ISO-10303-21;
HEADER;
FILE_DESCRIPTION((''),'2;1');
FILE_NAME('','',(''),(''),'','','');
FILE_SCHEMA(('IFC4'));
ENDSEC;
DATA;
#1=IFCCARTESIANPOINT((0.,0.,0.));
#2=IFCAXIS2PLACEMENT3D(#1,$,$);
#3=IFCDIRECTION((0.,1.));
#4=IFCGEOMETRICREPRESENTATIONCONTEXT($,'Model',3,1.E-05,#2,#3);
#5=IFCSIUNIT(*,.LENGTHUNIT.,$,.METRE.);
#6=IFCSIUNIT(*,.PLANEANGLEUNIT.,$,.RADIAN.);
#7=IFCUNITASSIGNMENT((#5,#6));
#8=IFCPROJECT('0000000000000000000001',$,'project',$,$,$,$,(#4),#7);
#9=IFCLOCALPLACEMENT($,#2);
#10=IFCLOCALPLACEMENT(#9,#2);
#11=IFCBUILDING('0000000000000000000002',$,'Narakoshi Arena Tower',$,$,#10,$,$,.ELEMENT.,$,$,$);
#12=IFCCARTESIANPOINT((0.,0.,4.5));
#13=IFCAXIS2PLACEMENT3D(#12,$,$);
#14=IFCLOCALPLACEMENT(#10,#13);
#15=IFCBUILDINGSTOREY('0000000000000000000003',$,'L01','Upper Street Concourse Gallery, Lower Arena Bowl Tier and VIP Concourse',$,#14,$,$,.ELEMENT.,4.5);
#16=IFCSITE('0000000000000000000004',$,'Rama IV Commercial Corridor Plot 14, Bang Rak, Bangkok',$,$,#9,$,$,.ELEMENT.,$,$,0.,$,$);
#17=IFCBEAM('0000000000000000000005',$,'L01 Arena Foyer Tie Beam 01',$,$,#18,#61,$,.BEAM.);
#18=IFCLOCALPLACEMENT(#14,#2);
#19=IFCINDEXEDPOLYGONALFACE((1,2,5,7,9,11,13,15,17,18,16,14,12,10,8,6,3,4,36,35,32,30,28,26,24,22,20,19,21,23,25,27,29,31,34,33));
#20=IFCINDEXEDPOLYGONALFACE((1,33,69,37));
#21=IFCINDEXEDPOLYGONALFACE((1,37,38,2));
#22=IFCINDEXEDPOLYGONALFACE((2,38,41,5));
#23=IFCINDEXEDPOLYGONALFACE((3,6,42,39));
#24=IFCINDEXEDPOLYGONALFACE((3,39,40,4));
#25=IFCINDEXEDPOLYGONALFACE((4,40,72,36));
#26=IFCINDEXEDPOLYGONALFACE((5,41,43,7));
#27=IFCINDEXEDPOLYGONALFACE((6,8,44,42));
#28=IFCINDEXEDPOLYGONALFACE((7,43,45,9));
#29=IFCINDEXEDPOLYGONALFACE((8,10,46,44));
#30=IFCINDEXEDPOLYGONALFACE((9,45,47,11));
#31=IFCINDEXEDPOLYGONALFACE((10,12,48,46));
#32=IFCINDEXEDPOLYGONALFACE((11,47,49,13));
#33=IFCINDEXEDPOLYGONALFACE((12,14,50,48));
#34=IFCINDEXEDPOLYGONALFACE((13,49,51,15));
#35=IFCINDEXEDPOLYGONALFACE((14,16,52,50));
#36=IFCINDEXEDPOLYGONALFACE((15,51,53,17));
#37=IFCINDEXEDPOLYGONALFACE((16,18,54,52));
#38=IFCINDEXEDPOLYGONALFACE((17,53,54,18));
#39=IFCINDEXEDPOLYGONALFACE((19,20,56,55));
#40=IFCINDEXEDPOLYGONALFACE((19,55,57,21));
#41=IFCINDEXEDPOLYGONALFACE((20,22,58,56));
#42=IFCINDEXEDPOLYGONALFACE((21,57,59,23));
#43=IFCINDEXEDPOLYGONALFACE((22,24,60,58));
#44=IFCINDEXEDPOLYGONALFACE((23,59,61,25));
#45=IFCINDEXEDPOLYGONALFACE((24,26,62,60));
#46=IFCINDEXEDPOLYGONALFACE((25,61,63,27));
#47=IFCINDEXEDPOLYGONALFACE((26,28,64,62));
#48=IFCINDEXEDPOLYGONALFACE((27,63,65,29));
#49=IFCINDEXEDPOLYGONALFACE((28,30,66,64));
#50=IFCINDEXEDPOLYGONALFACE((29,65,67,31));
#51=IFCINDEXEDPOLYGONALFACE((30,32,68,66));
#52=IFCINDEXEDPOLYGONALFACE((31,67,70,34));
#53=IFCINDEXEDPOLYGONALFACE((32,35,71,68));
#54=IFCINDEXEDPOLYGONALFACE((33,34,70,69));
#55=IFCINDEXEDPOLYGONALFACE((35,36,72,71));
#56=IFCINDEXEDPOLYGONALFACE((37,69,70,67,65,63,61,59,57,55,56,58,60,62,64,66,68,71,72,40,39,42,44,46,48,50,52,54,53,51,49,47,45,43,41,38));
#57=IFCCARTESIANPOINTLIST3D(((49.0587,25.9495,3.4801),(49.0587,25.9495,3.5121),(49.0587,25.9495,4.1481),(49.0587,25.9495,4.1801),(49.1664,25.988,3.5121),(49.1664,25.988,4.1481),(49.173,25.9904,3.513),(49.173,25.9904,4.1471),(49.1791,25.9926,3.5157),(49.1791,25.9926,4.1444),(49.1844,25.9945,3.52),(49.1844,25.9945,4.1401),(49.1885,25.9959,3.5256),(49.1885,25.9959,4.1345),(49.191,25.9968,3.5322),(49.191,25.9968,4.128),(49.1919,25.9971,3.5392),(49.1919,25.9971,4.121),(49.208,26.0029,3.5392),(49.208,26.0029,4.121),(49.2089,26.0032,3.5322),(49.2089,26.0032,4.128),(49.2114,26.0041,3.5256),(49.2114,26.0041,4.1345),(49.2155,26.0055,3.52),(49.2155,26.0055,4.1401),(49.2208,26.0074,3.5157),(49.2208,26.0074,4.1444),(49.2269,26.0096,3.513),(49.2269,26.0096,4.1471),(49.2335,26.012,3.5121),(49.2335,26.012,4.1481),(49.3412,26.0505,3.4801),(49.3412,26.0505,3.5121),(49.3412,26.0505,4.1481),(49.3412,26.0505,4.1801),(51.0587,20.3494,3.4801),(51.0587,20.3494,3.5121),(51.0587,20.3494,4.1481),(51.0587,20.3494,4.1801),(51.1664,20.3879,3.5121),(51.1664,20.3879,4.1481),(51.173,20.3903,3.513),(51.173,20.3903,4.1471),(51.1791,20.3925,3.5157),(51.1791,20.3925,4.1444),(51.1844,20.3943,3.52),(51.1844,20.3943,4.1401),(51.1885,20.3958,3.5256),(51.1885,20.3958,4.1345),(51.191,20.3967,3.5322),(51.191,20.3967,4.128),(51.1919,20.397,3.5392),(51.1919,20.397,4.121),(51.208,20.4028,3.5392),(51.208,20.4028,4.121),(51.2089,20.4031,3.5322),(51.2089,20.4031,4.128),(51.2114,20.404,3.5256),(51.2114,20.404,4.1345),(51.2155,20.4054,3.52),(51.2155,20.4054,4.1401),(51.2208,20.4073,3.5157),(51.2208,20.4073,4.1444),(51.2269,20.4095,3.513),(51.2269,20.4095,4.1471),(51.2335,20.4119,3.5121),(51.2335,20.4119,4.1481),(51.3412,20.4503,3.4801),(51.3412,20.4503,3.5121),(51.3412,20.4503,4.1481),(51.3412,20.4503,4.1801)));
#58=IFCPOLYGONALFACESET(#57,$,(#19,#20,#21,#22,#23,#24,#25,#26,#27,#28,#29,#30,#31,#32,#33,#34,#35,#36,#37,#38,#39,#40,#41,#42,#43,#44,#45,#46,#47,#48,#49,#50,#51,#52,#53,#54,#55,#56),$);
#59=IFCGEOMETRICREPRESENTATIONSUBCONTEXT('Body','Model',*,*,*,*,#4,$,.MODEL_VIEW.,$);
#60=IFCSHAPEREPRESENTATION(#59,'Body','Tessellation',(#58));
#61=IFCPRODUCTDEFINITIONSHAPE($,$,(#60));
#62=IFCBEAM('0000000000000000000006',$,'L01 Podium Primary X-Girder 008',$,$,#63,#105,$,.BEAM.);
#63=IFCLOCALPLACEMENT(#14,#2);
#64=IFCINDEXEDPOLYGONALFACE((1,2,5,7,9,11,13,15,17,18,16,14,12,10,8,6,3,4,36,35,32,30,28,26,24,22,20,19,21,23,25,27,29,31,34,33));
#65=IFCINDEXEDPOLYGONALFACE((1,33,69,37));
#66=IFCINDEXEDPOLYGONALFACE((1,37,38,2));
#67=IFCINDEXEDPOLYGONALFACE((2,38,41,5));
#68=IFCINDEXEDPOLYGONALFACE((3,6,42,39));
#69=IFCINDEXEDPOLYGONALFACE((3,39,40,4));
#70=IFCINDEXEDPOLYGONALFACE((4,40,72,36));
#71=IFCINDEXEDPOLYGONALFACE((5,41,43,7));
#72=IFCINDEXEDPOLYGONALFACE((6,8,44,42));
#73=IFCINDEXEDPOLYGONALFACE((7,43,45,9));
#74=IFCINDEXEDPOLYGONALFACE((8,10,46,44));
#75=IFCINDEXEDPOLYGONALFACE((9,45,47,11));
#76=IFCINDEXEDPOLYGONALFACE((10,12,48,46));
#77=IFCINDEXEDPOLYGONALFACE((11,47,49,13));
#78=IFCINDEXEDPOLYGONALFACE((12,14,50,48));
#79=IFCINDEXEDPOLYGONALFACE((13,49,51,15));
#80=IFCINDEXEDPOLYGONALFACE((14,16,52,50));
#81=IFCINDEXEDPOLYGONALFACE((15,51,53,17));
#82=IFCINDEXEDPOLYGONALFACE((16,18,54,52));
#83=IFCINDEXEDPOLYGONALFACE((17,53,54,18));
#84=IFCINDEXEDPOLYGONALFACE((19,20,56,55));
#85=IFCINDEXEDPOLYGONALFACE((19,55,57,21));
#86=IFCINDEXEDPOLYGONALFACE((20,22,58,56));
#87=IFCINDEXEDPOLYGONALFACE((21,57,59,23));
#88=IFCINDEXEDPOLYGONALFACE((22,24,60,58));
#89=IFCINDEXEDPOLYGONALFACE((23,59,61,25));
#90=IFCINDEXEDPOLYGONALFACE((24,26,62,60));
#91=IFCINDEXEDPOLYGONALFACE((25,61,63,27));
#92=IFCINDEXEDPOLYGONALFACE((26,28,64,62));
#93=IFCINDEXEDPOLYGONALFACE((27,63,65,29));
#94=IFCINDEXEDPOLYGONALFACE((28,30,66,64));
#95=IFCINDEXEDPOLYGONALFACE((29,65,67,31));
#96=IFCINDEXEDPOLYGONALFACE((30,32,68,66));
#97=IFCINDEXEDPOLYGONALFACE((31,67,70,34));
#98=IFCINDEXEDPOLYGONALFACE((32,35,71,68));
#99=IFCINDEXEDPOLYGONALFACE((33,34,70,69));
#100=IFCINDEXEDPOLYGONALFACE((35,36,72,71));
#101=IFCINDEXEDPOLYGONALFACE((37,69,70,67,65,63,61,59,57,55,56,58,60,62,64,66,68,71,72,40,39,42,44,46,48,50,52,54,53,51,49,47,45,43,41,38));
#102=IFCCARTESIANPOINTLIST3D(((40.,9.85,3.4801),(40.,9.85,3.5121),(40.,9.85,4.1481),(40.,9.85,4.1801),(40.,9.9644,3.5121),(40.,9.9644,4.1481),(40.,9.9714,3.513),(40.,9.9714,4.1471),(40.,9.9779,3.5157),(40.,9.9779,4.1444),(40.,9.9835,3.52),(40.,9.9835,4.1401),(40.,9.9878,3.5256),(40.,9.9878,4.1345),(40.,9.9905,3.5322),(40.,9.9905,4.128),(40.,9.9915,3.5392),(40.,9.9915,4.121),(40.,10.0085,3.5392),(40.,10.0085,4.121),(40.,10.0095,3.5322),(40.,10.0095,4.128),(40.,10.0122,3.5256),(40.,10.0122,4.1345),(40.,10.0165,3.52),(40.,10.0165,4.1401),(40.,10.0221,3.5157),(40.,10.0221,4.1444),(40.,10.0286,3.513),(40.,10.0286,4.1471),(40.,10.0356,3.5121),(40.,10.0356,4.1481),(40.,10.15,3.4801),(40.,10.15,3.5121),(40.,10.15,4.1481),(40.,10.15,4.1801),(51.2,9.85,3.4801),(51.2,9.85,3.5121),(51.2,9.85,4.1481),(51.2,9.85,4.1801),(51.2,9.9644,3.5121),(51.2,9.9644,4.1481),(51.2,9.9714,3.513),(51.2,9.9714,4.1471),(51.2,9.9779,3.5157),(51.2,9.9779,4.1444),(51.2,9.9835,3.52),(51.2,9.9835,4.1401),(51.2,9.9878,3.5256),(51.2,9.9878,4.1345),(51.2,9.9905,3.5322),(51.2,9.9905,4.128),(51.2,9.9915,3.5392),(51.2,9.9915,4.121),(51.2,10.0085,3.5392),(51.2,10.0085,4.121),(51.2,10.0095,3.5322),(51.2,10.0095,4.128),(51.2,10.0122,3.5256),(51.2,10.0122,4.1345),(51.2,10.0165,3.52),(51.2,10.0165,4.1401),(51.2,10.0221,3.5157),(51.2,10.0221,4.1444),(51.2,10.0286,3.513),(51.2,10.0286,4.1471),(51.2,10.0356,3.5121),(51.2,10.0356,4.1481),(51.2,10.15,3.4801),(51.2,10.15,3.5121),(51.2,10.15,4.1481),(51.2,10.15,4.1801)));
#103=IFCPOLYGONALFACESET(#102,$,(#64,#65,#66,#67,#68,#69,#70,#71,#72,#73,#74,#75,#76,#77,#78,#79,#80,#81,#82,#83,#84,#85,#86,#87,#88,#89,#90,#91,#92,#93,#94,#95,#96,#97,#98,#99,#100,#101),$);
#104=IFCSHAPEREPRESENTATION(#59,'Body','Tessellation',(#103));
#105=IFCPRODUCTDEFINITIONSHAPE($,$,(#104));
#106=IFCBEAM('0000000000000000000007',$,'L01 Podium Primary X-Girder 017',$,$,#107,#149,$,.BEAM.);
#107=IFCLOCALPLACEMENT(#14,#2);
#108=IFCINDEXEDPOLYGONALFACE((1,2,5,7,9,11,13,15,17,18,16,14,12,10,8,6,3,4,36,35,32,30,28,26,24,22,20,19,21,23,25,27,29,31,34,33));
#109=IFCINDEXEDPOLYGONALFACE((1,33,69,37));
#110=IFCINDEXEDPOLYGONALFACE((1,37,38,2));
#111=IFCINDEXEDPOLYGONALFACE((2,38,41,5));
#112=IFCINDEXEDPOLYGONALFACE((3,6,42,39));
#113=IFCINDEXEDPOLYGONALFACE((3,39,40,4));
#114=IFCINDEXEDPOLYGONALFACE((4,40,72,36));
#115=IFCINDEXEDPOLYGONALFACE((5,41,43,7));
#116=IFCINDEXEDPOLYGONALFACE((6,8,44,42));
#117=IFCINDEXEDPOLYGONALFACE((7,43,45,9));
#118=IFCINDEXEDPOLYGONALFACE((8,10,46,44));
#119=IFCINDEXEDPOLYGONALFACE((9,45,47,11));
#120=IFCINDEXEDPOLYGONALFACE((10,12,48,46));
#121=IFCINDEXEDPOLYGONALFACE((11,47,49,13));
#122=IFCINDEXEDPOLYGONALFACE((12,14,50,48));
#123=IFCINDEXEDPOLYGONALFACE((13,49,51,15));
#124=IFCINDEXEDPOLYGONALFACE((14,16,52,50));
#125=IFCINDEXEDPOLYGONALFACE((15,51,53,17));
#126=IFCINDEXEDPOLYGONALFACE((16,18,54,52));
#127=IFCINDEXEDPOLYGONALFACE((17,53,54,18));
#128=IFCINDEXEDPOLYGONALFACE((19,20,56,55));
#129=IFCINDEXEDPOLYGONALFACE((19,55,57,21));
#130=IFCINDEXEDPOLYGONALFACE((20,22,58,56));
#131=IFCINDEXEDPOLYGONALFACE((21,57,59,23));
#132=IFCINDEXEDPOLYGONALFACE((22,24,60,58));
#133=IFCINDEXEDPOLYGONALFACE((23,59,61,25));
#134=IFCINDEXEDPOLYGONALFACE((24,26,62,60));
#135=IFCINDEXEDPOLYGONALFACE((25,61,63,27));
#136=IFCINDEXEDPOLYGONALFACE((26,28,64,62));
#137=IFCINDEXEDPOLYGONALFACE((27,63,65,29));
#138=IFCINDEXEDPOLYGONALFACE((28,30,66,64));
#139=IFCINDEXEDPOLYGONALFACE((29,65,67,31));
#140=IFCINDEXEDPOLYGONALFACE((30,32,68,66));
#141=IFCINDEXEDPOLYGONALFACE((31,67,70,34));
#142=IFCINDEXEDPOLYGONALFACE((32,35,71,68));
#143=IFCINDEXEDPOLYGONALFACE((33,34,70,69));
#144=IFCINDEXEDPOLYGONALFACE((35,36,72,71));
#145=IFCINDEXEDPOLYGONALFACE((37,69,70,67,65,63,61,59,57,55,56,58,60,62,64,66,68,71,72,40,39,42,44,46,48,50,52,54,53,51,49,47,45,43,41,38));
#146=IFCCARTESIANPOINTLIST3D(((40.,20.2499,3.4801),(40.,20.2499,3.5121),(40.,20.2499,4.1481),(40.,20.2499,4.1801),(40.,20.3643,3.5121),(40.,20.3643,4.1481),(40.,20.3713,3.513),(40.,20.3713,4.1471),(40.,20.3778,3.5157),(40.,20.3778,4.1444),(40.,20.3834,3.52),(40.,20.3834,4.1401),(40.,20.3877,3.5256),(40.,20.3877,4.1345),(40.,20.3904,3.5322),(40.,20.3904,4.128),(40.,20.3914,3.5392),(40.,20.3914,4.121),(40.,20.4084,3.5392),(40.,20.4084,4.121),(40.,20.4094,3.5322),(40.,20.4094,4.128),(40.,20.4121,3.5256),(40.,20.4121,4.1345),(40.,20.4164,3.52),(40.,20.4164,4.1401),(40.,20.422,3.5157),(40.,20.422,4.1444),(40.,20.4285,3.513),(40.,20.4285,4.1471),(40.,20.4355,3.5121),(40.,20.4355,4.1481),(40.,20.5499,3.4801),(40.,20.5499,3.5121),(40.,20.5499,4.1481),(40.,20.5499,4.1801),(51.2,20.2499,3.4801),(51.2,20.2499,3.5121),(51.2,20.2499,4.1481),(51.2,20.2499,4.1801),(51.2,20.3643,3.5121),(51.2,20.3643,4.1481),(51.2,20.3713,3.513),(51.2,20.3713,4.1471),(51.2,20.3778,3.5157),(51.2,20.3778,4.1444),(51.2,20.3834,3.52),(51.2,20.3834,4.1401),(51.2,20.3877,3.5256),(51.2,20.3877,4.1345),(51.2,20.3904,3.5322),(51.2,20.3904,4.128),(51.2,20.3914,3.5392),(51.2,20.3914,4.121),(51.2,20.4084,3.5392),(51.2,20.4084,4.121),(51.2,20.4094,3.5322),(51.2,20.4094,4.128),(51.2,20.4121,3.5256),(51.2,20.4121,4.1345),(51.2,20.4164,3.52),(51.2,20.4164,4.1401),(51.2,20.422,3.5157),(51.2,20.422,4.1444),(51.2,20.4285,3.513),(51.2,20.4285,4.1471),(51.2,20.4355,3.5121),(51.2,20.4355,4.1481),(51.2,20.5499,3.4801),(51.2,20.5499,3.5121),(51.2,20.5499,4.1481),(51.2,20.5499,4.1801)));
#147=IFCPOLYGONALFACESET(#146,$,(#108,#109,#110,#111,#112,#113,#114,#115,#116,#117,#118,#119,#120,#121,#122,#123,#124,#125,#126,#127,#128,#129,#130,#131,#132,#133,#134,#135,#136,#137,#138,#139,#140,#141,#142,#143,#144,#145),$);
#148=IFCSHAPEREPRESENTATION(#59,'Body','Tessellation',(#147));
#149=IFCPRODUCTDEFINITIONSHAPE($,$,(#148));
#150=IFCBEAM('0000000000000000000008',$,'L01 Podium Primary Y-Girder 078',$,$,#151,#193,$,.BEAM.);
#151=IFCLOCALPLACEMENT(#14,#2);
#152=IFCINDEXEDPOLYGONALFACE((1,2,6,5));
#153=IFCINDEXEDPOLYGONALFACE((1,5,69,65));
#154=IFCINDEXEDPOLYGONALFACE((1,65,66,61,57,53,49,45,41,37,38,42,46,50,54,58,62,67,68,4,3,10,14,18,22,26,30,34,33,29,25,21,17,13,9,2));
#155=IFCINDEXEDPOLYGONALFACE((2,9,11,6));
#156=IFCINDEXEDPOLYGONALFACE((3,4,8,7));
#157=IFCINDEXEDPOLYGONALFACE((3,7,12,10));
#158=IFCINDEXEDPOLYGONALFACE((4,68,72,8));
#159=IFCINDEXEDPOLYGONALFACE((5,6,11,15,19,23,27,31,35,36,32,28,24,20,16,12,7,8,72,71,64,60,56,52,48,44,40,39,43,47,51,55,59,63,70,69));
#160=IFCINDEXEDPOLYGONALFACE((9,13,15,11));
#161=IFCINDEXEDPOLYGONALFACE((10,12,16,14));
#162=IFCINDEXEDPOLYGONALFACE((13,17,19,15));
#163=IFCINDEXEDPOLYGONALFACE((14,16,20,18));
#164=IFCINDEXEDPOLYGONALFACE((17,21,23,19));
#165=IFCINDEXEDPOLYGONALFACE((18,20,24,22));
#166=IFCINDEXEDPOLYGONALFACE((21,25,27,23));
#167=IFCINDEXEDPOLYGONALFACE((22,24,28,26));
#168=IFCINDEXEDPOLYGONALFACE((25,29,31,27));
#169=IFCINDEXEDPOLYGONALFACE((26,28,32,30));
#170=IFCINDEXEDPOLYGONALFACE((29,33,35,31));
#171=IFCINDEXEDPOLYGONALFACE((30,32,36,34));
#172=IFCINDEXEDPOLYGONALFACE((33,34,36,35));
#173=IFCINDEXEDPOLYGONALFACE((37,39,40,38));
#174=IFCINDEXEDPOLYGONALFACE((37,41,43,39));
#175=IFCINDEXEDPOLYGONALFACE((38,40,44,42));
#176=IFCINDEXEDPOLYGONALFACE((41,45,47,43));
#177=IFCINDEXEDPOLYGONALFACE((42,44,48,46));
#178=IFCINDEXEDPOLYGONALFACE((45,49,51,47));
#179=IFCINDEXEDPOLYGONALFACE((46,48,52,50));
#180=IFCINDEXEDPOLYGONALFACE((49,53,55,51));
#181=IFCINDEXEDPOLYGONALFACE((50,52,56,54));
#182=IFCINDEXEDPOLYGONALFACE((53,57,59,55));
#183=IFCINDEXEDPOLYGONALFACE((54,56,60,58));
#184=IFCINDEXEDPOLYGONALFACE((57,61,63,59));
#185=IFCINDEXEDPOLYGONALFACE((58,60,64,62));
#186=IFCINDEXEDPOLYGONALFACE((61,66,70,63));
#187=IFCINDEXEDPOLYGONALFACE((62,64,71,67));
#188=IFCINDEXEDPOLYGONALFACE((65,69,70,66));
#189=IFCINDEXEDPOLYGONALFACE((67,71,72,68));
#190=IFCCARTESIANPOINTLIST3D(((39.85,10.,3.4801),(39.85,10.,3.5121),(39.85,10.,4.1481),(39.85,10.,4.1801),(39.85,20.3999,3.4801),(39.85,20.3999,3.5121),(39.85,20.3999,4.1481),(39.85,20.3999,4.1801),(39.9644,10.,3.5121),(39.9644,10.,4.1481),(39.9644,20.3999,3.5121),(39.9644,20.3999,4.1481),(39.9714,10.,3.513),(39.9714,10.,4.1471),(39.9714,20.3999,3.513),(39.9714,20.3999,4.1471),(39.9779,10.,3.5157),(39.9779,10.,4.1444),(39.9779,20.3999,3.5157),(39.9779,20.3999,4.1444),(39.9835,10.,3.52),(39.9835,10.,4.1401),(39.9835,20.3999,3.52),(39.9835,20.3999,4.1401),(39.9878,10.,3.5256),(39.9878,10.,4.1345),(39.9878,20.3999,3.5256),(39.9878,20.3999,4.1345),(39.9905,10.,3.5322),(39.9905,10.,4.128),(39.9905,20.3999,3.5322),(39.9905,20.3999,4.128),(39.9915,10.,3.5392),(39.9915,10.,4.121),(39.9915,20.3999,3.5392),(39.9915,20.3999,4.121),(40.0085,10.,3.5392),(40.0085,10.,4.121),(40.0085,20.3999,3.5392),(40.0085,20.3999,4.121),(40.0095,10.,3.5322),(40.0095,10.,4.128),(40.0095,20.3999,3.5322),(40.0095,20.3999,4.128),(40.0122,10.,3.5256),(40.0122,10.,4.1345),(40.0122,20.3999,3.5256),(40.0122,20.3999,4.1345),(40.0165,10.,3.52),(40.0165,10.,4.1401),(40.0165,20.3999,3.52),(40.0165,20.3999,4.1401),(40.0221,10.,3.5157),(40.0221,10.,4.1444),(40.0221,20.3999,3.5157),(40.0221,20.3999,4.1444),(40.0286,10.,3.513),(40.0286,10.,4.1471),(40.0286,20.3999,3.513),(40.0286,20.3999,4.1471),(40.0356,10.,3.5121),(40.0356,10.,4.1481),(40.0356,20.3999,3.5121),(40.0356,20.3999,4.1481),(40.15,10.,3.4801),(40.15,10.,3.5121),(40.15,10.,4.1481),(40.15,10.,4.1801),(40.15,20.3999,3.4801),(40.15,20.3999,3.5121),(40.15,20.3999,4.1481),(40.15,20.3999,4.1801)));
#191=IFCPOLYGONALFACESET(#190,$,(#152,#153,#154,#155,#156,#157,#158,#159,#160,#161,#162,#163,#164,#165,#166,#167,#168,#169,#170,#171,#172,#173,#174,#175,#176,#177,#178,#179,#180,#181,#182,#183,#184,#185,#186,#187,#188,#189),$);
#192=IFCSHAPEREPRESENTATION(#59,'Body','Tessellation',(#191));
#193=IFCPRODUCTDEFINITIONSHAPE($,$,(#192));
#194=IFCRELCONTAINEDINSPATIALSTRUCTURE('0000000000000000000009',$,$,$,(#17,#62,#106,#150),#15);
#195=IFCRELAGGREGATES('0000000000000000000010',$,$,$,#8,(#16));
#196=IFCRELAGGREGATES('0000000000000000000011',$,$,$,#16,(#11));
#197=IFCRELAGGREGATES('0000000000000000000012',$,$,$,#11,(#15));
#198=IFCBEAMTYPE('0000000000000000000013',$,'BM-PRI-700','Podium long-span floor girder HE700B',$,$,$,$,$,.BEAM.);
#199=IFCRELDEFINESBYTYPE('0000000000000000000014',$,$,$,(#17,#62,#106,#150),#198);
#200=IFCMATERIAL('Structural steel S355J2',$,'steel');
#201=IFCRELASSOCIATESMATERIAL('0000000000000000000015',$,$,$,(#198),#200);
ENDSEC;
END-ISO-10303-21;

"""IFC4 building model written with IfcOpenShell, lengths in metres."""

from ifc_helpers import new_model, si_unit, direction, frame, origin, origin_2d, place, context, subcontext, project, spatial, i_section, extrude, material, material_profile, profile_set, type_object, element, save


model = new_model("IFC4")

# Units and contexts
model_context = context("Model", 3, precision=1e-05, world=origin(), true_north=direction((0.0, 1.0)))
body_context = subcontext(model_context, "Body", "Model", "MODEL_VIEW")
ifc_project = project(units=[si_unit("LENGTHUNIT", "METRE"), si_unit("PLANEANGLEUNIT", "RADIAN")], contexts=[model_context])

# Site, building, storey
site_placement = place(None, origin())
site = spatial("IfcSite", under=ifc_project, at=site_placement, Name="Rama IV Commercial Corridor Plot 14, Bang Rak, Bangkok", CompositionType="ELEMENT", RefElevation=0.0)
building_placement = place(site_placement, origin())
building = spatial("IfcBuilding", under=site, at=building_placement, Name="Narakoshi Arena Tower", CompositionType="ELEMENT")
storey_placement = place(building_placement, frame((0.0, 0.0, 4.5)))
storey = spatial("IfcBuildingStorey", under=building, at=storey_placement, Name="L01", Description="Upper Street Concourse Gallery, Lower Arena Bowl Tier and VIP Concourse", CompositionType="ELEMENT", Elevation=4.5)

# Beams
ifc_material_1 = material(Name="Structural steel S355J2", Category="steel")
ifc_material_profile_1 = material_profile(ifc_material_1, i_section(OverallWidth=0.3, OverallDepth=0.7, WebThickness=0.0171, FlangeThickness=0.032, FilletRadius=0.0271, at=origin_2d()), Name="HE700B")
ifc_profile_set_1 = profile_set([ifc_material_profile_1], Name="Structural steel S355J2")
beam_type_1 = type_object("IfcBeamType", Name="BM-PRI-700", Description="Podium long-span floor girder HE700B", PredefinedType="BEAM", material=ifc_profile_set_1)
beam_1_placement = place(storey_placement, frame((49.2, 26.0, 3.8301), z_axis=(0.336331, -0.941744, 0.0), x_axis=(0.941744, 0.336331, 0.0)))
element("IfcBeam", 1, at=beam_1_placement, inside=storey, type_object=beam_type_1, Name="L01 Arena Foyer Tie Beam 01", PredefinedType="BEAM", context=body_context, shape_type="SweptSolid", body=[
    extrude(i_section(OverallWidth=0.3, OverallDepth=0.7, WebThickness=0.0171, FlangeThickness=0.032, FilletRadius=0.0271, at=origin_2d()), origin(), (0.0, 0.0, 1.0), 5.9465),
])
for number, where, z_axis, x_axis, name in (
    (2, (40.0, 10.0, 3.8301), (1.0, 0.0, 0.0), (0.0, 1.0, 0.0), "L01 Podium Primary X-Girder 008"),
    (3, (40.0, 20.3999, 3.8301), (1.0, 0.0, 0.0), (0.0, 1.0, 0.0), "L01 Podium Primary X-Girder 017"),
):
    element("IfcBeam", number, at=place(storey_placement, frame(where, z_axis=z_axis, x_axis=x_axis)), inside=storey, type_object=beam_type_1, Name=name, PredefinedType="BEAM", context=body_context, shape_type="SweptSolid", body=[
        extrude(i_section(OverallWidth=0.3, OverallDepth=0.7, WebThickness=0.0171, FlangeThickness=0.032, FilletRadius=0.0271, at=origin_2d()), origin(), (0.0, 0.0, 1.0), 11.2),
    ])
beam_2_placement = place(storey_placement, frame((40.0, 10.0, 3.8301), z_axis=(0.0, 1.0, 0.0), x_axis=(-1.0, 0.0, 0.0)))
element("IfcBeam", 4, at=beam_2_placement, inside=storey, type_object=beam_type_1, Name="L01 Podium Primary Y-Girder 078", PredefinedType="BEAM", context=body_context, shape_type="SweptSolid", body=[
    extrude(i_section(OverallWidth=0.3, OverallDepth=0.7, WebThickness=0.0171, FlangeThickness=0.032, FilletRadius=0.0271, at=origin_2d()), origin(), (0.0, 0.0, 1.0), 10.3999),
])

save(model, "model.ifc")
